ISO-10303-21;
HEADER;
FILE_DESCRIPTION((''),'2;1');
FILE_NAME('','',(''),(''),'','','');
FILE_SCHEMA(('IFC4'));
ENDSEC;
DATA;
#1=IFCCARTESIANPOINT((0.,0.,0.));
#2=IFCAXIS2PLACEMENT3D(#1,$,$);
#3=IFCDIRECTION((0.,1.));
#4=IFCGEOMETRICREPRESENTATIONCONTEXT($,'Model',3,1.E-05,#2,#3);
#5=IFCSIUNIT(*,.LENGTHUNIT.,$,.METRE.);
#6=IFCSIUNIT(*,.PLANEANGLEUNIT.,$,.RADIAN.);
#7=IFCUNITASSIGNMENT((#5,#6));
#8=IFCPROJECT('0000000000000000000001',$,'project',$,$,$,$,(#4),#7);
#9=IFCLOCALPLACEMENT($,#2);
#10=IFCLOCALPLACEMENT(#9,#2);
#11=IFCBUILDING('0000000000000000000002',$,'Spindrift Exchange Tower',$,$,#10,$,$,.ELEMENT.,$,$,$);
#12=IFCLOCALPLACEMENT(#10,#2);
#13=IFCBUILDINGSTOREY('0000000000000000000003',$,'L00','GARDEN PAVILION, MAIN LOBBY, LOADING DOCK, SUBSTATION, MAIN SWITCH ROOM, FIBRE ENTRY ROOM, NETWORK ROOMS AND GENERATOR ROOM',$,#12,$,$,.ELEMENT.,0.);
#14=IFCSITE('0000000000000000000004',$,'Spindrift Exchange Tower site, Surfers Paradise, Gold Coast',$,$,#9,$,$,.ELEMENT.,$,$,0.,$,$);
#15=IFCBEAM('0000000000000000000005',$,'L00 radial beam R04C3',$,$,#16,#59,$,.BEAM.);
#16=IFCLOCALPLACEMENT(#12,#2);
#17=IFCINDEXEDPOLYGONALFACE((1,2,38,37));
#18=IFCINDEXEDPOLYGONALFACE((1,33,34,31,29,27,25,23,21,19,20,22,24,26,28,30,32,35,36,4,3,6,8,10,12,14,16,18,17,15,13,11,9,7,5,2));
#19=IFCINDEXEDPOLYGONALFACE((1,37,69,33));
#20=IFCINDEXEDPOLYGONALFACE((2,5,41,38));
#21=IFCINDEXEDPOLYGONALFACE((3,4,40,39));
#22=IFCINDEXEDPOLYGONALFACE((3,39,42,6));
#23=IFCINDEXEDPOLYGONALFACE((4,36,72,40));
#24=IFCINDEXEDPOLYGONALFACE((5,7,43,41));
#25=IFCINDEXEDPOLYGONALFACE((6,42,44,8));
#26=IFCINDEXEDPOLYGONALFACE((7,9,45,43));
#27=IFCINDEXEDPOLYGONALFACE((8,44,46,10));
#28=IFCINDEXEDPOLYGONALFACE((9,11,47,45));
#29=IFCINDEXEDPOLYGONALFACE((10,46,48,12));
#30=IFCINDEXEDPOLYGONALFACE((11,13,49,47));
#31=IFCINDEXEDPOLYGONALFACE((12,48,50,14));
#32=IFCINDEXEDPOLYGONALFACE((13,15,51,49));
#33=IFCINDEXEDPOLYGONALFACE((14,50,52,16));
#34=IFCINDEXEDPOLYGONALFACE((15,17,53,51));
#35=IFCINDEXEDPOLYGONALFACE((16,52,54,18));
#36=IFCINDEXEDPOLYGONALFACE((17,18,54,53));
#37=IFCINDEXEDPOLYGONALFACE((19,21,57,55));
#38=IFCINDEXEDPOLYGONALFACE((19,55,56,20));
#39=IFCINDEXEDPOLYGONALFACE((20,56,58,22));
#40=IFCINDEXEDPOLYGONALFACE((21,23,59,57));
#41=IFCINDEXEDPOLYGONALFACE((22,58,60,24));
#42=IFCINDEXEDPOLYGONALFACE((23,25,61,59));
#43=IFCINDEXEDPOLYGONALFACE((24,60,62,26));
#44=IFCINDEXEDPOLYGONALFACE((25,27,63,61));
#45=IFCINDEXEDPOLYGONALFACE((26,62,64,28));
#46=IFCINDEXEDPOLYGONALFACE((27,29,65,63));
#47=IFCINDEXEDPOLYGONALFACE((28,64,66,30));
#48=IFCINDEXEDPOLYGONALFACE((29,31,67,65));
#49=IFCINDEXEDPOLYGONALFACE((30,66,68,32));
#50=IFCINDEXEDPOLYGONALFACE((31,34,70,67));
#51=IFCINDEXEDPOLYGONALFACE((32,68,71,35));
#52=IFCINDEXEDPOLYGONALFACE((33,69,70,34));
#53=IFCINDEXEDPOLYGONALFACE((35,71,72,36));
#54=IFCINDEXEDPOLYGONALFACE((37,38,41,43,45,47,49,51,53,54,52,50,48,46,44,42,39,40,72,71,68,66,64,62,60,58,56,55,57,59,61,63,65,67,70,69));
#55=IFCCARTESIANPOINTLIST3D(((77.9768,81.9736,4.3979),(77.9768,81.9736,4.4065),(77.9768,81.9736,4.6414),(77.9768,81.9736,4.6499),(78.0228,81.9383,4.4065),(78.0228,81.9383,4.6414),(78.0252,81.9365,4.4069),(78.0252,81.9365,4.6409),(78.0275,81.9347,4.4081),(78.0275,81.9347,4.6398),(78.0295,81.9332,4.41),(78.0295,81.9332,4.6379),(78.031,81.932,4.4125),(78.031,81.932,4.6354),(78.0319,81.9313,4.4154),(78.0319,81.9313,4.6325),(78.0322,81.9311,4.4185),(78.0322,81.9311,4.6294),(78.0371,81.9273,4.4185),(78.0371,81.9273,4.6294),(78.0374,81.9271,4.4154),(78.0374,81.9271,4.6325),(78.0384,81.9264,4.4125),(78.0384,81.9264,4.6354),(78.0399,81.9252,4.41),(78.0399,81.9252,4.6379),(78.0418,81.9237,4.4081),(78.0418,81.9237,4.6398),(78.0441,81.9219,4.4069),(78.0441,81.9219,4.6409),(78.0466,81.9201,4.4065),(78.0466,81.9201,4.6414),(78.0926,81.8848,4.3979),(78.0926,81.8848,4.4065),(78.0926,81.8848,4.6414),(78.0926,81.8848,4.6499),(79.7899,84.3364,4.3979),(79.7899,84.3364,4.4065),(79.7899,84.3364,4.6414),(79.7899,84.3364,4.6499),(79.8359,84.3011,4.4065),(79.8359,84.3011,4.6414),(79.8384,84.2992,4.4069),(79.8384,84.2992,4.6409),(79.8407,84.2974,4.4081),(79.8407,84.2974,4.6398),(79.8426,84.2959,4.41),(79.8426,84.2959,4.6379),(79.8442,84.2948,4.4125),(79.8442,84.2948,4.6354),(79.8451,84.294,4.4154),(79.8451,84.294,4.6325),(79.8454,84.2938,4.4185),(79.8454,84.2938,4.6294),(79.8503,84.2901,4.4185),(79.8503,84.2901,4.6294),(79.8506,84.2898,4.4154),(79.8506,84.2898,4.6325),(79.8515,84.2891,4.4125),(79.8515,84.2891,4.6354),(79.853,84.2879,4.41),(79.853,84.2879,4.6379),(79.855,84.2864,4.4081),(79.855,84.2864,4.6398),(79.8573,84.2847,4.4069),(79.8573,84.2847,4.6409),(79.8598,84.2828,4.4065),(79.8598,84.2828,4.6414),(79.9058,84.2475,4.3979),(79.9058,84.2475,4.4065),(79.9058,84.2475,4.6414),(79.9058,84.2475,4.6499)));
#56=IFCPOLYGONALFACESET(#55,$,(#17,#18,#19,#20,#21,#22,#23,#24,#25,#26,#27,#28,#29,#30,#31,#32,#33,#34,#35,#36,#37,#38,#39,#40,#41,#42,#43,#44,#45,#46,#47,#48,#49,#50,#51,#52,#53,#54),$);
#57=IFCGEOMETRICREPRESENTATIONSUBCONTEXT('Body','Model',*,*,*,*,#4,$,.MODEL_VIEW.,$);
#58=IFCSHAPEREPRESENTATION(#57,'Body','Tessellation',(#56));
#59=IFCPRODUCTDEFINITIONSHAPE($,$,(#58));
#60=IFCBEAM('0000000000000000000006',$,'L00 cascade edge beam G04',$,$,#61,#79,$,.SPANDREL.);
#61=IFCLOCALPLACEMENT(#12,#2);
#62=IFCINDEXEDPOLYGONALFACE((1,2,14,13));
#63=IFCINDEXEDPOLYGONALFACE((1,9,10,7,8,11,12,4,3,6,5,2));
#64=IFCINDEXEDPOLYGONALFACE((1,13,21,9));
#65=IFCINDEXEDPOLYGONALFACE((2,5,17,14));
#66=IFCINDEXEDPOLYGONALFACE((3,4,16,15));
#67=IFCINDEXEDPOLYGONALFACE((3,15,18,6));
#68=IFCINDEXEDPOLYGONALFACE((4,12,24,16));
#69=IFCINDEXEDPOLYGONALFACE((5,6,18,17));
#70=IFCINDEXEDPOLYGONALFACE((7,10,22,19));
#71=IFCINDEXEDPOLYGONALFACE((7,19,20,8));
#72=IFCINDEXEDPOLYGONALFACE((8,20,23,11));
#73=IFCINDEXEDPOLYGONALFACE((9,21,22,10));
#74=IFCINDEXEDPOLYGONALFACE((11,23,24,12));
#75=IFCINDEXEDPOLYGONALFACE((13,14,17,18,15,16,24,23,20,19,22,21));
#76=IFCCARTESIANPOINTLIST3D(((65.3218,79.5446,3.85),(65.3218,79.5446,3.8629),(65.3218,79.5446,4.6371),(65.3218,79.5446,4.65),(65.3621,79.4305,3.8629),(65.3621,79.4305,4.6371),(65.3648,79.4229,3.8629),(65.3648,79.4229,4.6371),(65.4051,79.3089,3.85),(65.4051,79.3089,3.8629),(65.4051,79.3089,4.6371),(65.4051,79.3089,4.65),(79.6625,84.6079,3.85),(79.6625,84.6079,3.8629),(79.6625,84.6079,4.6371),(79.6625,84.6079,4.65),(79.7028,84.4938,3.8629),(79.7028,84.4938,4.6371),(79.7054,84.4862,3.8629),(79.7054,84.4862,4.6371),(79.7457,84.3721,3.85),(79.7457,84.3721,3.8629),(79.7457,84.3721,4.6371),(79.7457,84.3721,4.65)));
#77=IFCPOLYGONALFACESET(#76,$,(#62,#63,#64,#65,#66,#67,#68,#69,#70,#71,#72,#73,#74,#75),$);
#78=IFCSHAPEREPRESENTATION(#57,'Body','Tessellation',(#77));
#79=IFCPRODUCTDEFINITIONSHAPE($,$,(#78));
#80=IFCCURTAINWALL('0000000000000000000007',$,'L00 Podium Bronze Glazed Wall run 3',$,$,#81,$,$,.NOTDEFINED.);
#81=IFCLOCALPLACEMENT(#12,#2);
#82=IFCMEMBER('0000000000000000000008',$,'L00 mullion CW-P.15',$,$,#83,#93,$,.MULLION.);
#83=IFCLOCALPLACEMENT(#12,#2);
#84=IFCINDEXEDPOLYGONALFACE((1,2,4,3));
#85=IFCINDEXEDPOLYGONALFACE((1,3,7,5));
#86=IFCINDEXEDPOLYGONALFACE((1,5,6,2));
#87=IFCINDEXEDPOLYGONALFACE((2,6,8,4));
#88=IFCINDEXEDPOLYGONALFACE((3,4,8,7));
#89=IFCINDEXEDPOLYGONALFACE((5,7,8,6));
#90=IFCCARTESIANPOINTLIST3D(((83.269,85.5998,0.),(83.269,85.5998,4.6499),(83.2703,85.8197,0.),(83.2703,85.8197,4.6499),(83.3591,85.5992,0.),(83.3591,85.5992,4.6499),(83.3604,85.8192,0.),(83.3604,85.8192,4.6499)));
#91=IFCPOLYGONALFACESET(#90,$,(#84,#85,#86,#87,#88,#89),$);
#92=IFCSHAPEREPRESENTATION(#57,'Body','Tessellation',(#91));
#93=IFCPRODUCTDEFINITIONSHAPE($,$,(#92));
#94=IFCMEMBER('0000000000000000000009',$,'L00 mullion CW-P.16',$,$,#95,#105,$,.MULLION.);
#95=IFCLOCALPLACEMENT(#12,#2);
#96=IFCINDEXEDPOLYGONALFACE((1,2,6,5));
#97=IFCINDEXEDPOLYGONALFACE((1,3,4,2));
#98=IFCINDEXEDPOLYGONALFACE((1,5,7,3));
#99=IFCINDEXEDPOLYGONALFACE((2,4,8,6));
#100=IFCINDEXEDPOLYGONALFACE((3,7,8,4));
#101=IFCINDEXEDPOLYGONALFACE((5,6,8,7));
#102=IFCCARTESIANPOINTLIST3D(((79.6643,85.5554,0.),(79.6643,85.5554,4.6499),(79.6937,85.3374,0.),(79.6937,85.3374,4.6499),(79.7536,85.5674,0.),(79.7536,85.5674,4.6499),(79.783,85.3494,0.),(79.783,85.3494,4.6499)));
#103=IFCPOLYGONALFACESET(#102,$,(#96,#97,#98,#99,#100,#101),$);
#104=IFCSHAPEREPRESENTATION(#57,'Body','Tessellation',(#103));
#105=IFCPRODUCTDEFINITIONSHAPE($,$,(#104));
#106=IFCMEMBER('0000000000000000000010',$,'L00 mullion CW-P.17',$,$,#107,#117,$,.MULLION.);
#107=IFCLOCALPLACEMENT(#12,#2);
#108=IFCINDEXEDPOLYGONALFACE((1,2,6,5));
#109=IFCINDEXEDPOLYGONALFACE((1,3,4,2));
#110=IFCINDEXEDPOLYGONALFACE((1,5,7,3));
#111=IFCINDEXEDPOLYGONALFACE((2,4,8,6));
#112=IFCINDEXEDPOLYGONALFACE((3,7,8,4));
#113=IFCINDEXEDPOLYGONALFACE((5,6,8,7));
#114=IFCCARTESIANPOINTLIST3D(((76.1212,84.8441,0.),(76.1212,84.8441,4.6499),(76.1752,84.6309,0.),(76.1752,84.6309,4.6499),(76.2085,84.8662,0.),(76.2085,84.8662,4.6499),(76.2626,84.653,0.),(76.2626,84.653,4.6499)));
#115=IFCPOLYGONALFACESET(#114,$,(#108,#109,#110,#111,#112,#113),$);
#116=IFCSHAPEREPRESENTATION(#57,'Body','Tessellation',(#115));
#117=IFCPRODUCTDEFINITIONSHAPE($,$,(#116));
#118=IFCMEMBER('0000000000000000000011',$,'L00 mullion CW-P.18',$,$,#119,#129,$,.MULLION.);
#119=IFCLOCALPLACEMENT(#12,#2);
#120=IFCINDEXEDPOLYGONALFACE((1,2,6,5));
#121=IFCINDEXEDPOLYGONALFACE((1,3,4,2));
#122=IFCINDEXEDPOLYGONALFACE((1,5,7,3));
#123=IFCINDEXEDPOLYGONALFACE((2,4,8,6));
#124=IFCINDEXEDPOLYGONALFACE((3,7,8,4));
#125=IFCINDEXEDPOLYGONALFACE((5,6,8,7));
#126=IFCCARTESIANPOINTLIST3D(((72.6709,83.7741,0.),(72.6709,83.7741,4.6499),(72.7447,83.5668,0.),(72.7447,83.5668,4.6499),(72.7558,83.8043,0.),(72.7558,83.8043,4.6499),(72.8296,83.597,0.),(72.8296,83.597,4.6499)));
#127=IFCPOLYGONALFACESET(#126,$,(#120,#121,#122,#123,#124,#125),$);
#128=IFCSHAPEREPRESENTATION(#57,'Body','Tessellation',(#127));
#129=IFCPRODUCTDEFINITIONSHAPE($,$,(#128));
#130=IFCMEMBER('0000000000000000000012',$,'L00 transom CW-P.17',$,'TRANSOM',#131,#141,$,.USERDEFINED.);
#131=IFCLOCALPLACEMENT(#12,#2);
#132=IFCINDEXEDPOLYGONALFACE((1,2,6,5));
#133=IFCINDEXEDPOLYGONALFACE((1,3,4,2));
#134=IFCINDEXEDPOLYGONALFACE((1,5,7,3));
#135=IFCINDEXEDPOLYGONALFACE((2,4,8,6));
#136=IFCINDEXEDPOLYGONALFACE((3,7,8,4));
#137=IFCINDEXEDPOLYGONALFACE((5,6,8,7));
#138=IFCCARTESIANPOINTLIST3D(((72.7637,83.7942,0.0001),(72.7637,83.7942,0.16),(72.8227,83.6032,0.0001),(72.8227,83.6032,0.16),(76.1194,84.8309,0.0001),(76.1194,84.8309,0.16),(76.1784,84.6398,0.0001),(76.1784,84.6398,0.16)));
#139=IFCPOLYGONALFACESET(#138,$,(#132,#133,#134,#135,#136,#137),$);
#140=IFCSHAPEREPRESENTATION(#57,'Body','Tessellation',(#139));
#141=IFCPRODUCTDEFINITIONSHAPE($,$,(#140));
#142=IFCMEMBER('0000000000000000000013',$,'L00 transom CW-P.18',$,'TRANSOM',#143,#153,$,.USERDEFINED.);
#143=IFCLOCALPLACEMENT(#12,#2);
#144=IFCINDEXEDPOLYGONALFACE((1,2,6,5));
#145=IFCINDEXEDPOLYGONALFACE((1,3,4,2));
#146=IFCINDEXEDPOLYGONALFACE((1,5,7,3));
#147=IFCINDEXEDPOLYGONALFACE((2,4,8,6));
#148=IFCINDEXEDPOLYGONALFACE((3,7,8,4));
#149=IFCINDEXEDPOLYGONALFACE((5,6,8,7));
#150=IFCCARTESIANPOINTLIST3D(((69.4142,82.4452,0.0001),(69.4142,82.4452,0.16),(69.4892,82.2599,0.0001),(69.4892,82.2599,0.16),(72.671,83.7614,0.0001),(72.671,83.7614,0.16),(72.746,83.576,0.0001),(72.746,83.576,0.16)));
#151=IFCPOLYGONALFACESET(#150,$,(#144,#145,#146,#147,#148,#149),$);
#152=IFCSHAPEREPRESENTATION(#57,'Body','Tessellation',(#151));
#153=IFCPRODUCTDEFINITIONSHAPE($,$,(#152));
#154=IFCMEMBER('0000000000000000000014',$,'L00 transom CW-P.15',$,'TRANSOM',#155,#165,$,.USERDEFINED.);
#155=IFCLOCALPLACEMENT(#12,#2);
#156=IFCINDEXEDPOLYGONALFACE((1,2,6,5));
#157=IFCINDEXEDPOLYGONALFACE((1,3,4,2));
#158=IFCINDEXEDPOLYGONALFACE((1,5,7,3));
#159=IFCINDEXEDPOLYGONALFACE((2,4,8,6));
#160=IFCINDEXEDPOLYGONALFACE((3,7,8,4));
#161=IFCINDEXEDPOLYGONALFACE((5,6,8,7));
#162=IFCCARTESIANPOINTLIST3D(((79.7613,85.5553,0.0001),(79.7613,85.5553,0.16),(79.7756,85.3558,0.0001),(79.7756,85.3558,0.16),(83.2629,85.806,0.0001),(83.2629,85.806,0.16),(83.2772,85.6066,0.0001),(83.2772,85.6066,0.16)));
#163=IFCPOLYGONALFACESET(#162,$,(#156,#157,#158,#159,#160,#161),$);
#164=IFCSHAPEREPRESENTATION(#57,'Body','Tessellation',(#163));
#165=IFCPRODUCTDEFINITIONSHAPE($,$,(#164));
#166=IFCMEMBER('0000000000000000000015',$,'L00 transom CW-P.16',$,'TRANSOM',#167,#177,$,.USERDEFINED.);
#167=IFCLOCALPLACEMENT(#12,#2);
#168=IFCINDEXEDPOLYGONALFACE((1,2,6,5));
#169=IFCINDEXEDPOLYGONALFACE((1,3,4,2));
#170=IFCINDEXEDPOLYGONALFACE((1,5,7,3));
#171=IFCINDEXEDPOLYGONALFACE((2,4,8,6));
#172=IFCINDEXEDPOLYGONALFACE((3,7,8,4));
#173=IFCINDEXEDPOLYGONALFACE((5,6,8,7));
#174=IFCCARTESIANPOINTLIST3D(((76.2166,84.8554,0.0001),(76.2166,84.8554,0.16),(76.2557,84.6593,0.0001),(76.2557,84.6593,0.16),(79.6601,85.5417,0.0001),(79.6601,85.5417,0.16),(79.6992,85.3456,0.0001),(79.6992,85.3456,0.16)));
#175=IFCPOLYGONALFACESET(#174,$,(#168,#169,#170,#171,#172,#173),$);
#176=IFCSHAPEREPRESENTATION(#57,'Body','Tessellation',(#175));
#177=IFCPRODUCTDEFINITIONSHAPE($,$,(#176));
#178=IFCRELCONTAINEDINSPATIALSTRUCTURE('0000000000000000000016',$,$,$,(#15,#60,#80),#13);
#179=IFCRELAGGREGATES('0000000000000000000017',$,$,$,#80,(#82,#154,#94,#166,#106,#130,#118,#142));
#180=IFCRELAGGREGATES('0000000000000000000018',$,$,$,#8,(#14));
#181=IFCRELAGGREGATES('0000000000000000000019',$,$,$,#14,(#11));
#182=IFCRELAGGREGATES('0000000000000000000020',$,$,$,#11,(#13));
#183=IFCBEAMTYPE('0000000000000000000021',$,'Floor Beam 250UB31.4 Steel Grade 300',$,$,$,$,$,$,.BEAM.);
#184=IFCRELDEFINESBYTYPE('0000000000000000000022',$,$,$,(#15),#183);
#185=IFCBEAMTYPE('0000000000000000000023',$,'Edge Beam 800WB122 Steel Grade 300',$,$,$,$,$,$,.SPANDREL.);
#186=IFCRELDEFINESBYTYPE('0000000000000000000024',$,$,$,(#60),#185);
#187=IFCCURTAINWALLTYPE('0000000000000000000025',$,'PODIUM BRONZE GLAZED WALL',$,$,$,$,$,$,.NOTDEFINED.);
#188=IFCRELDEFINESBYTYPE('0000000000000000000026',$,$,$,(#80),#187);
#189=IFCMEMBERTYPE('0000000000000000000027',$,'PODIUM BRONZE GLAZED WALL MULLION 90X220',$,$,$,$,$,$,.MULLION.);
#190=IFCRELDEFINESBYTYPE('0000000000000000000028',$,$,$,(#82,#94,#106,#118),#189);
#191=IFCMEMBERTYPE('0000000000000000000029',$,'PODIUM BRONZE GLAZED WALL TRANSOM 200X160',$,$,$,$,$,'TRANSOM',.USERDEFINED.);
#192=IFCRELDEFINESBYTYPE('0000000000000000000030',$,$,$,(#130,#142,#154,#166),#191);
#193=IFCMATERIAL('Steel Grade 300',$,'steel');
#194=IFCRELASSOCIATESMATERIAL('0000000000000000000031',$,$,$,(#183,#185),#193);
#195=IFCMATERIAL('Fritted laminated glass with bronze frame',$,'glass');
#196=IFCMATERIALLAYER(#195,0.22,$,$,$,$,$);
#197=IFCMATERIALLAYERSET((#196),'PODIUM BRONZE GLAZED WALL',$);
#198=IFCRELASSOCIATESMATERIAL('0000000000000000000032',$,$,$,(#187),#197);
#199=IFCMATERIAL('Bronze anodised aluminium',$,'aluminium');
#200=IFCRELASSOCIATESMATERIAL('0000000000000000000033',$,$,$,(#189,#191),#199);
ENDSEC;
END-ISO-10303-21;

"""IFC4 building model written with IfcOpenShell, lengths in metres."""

from ifc_helpers import new_model, si_unit, direction, frame, origin, origin_2d, place, context, subcontext, project, spatial, rectangle, i_section, extrude, source, transform, mapped, material, layer, layer_set, material_profile, profile_set, type_object, element, aggregate, save


model = new_model("IFC4")

# Units and contexts
model_context = context("Model", 3, precision=1e-05, world=origin(), true_north=direction((0.0, 1.0)))
body_context = subcontext(model_context, "Body", "Model", "MODEL_VIEW")
ifc_project = project(units=[si_unit("LENGTHUNIT", "METRE"), si_unit("PLANEANGLEUNIT", "RADIAN")], contexts=[model_context])

# Site, building, storey
site_placement = place(None, origin())
site = spatial("IfcSite", under=ifc_project, at=site_placement, Name="Spindrift Exchange Tower site, Surfers Paradise, Gold Coast", CompositionType="ELEMENT", RefElevation=0.0)
building_placement = place(site_placement, origin())
building = spatial("IfcBuilding", under=site, at=building_placement, Name="Spindrift Exchange Tower", CompositionType="ELEMENT")
storey_placement = place(building_placement, origin())
storey = spatial("IfcBuildingStorey", under=building, at=storey_placement, Name="L00", Description="GARDEN PAVILION, MAIN LOBBY, LOADING DOCK, SUBSTATION, MAIN SWITCH ROOM, FIBRE ENTRY ROOM, NETWORK ROOMS AND GENERATOR ROOM", CompositionType="ELEMENT", Elevation=0.0)

# Beams
ifc_material_1 = material(Name="Steel Grade 300", Category="steel")
ifc_material_profile_1 = material_profile(ifc_material_1, i_section(OverallWidth=0.146, OverallDepth=0.252, WebThickness=0.0061, FlangeThickness=0.0085, FilletRadius=0.012, at=origin_2d()), Name="250UB31.4")
ifc_profile_set_1 = profile_set([ifc_material_profile_1], Name="Steel Grade 300")
beam_type_1 = type_object("IfcBeamType", Name="Floor Beam 250UB31.4 Steel Grade 300", PredefinedType="BEAM", material=ifc_profile_set_1)
shared_shape_1 = source(origin(), body_context, "Body", "SweptSolid", [
    extrude(i_section(OverallWidth=0.146, OverallDepth=0.252, WebThickness=0.0061, FlangeThickness=0.0085, FilletRadius=0.012, at=origin_2d()), origin(), (0.0, 0.0, 1.0), 2.9783),
])
beam_1_placement = place(storey_placement, frame((78.0347, 81.9292, 4.5239), z_axis=(0.608803, 0.793321, 0.0), x_axis=(-0.793321, 0.608803, 0.0)))
element("IfcBeam", 1, at=beam_1_placement, inside=storey, type_object=beam_type_1, Name="L00 radial beam R04C3", PredefinedType="BEAM", context=body_context, shape_type="MappedRepresentation", body=[
    mapped(shared_shape_1, transform((0.0, 0.0, 0.0), scale=1.0)),
])
ifc_material_profile_2 = material_profile(ifc_material_1, i_section(OverallWidth=0.25, OverallDepth=0.8, WebThickness=0.0081, FlangeThickness=0.0129, at=origin_2d()), Name="800WB122")
ifc_profile_set_2 = profile_set([ifc_material_profile_2], Name="Steel Grade 300")
beam_type_2 = type_object("IfcBeamType", Name="Edge Beam 800WB122 Steel Grade 300", PredefinedType="SPANDREL", material=ifc_profile_set_2)
shared_shape_2 = source(origin(), body_context, "Body", "SweptSolid", [
    extrude(i_section(OverallWidth=0.25, OverallDepth=0.8, WebThickness=0.0081, FlangeThickness=0.0129, at=origin_2d()), origin(), (0.0, 0.0, 1.0), 15.2083),
])
beam_2_placement = place(storey_placement, frame((79.7041, 84.49, 4.25), z_axis=(-0.942952, -0.332928, 0.0), x_axis=(0.332928, -0.942952, 0.0)))
element("IfcBeam", 2, at=beam_2_placement, inside=storey, type_object=beam_type_2, Name="L00 cascade edge beam G04", PredefinedType="SPANDREL", context=body_context, shape_type="MappedRepresentation", body=[
    mapped(shared_shape_2, transform((0.0, 0.0, 0.0), scale=1.0)),
])

# Curtain wall, members
ifc_material_2 = material(Name="Fritted laminated glass with bronze frame", Category="glass")
ifc_layer_1 = layer(ifc_material_2, 0.22)
ifc_layer_set_1 = layer_set([ifc_layer_1], Name="PODIUM BRONZE GLAZED WALL")
curtain_wall_type = type_object("IfcCurtainWallType", Name="PODIUM BRONZE GLAZED WALL", PredefinedType="NOTDEFINED", material=ifc_layer_set_1)
curtain_wall_placement = place(storey_placement, origin())
curtain_wall = element("IfcCurtainWall", 3, at=curtain_wall_placement, inside=storey, type_object=curtain_wall_type, Name="L00 Podium Bronze Glazed Wall run 3", PredefinedType="NOTDEFINED")
ifc_material_3 = material(Name="Bronze anodised aluminium", Category="aluminium")
ifc_material_profile_3 = material_profile(ifc_material_3, rectangle(XDim=0.0901, YDim=0.22, at=origin_2d()), Name="PODIUM BRONZE GLAZED WALL MULLION 90X220")
ifc_profile_set_3 = profile_set([ifc_material_profile_3], Name="Bronze anodised aluminium")
member_type_1 = type_object("IfcMemberType", Name="PODIUM BRONZE GLAZED WALL MULLION 90X220", PredefinedType="MULLION", material=ifc_profile_set_3)
shared_shape_3 = source(origin(), body_context, "Body", "SweptSolid", [
    extrude(rectangle(XDim=0.0901, YDim=0.22, at=origin_2d()), origin(), (0.0, 0.0, 1.0), 4.6499),
])
member_1_placement = place(storey_placement, frame((83.3147, 85.7095, 0.0), z_axis=(0.0, 0.0, 1.0), x_axis=(-0.99998, 0.006258, 0.0)))
member_1 = element("IfcMember", 4, at=member_1_placement, type_object=member_type_1, Name="L00 mullion CW-P.15", PredefinedType="MULLION", context=body_context, shape_type="MappedRepresentation", body=[
    mapped(shared_shape_3, transform((0.0, 0.0, 0.0), scale=1.0)),
])
member_2_placement = place(storey_placement, frame((79.7236, 85.4524, 0.0), z_axis=(0.0, 0.0, 1.0), x_axis=(-0.991024, -0.133684, 0.0)))
member_2 = element("IfcMember", 5, at=member_2_placement, type_object=member_type_1, Name="L00 mullion CW-P.16", PredefinedType="MULLION", context=body_context, shape_type="MappedRepresentation", body=[
    mapped(shared_shape_3, transform((0.0, 0.0, 0.0), scale=1.0)),
])
member_3_placement = place(storey_placement, frame((76.1919, 84.7485, 0.0), z_axis=(0.0, 0.0, 1.0), x_axis=(-0.96937, -0.245606, 0.0)))
member_3 = element("IfcMember", 6, at=member_3_placement, type_object=member_type_1, Name="L00 mullion CW-P.17", PredefinedType="MULLION", context=body_context, shape_type="MappedRepresentation", body=[
    mapped(shared_shape_3, transform((0.0, 0.0, 0.0), scale=1.0)),
])
member_4_placement = place(storey_placement, frame((72.7502, 83.6855, 0.0), z_axis=(0.0, 0.0, 1.0), x_axis=(-0.942143, -0.335211, 0.0)))
member_4 = element("IfcMember", 7, at=member_4_placement, type_object=member_type_1, Name="L00 mullion CW-P.18", PredefinedType="MULLION", context=body_context, shape_type="MappedRepresentation", body=[
    mapped(shared_shape_3, transform((0.0, 0.0, 0.0), scale=1.0)),
])
ifc_material_profile_4 = material_profile(ifc_material_3, rectangle(XDim=0.2, YDim=0.1599, at=origin_2d()), Name="PODIUM BRONZE GLAZED WALL TRANSOM 200X160")
ifc_profile_set_4 = profile_set([ifc_material_profile_4], Name="Bronze anodised aluminium")
member_type_2 = type_object("IfcMemberType", Name="PODIUM BRONZE GLAZED WALL TRANSOM 200X160", ElementType="TRANSOM", PredefinedType="USERDEFINED", material=ifc_profile_set_4)
shared_shape_4 = source(origin(), body_context, "Body", "SweptSolid", [
    extrude(rectangle(XDim=0.2, YDim=0.1599, at=origin_2d()), origin(), (0.0, 0.0, 1.0), 3.5122),
])
member_5_placement = place(storey_placement, frame((76.1489, 84.7354, 0.0801), z_axis=(-0.955451, -0.295151, 0.0), x_axis=(0.295151, -0.955451, 0.0)))
member_5 = element("IfcMember", 8, at=member_5_placement, type_object=member_type_2, Name="L00 transom CW-P.17", ObjectType="TRANSOM", PredefinedType="USERDEFINED", context=body_context, shape_type="MappedRepresentation", body=[
    mapped(shared_shape_4, transform((0.0, 0.0, 0.0), scale=1.0)),
])
shared_shape_5 = source(origin(), body_context, "Body", "SweptSolid", [
    extrude(rectangle(XDim=0.2, YDim=0.1599, at=origin_2d()), origin(), (0.0, 0.0, 1.0), 3.5127),
])
member_6_placement = place(storey_placement, frame((72.7085, 83.6687, 0.0801), z_axis=(-0.927153, -0.374684, 0.0), x_axis=(0.374684, -0.927153, 0.0)))
member_6 = element("IfcMember", 9, at=member_6_placement, type_object=member_type_2, Name="L00 transom CW-P.18", ObjectType="TRANSOM", PredefinedType="USERDEFINED", context=body_context, shape_type="MappedRepresentation", body=[
    mapped(shared_shape_5, transform((0.0, 0.0, 0.0), scale=1.0)),
])
shared_shape_6 = source(origin(), body_context, "Body", "SweptSolid", [
    extrude(rectangle(XDim=0.2, YDim=0.1599, at=origin_2d()), origin(), (0.0, 0.0, 1.0), 3.5105),
])
member_7_placement = place(storey_placement, frame((83.27, 85.7063, 0.0801), z_axis=(-0.997446, -0.071425, 0.0), x_axis=(0.071425, -0.997446, 0.0)))
member_7 = element("IfcMember", 10, at=member_7_placement, type_object=member_type_2, Name="L00 transom CW-P.15", ObjectType="TRANSOM", PredefinedType="USERDEFINED", context=body_context, shape_type="MappedRepresentation", body=[
    mapped(shared_shape_6, transform((0.0, 0.0, 0.0), scale=1.0)),
])
shared_shape_7 = source(origin(), body_context, "Body", "SweptSolid", [
    extrude(rectangle(XDim=0.2, YDim=0.1599, at=origin_2d()), origin(), (0.0, 0.0, 1.0), 3.5112),
])
member_8_placement = place(storey_placement, frame((79.6797, 85.4436, 0.0801), z_axis=(-0.980714, -0.195448, 0.0), x_axis=(0.195448, -0.980714, 0.0)))
member_8 = element("IfcMember", 11, at=member_8_placement, type_object=member_type_2, Name="L00 transom CW-P.16", ObjectType="TRANSOM", PredefinedType="USERDEFINED", context=body_context, shape_type="MappedRepresentation", body=[
    mapped(shared_shape_7, transform((0.0, 0.0, 0.0), scale=1.0)),
])
aggregate(curtain_wall, [member_1, member_7, member_2, member_8, member_3, member_5, member_4, member_6])

save(model, "model.ifc")
